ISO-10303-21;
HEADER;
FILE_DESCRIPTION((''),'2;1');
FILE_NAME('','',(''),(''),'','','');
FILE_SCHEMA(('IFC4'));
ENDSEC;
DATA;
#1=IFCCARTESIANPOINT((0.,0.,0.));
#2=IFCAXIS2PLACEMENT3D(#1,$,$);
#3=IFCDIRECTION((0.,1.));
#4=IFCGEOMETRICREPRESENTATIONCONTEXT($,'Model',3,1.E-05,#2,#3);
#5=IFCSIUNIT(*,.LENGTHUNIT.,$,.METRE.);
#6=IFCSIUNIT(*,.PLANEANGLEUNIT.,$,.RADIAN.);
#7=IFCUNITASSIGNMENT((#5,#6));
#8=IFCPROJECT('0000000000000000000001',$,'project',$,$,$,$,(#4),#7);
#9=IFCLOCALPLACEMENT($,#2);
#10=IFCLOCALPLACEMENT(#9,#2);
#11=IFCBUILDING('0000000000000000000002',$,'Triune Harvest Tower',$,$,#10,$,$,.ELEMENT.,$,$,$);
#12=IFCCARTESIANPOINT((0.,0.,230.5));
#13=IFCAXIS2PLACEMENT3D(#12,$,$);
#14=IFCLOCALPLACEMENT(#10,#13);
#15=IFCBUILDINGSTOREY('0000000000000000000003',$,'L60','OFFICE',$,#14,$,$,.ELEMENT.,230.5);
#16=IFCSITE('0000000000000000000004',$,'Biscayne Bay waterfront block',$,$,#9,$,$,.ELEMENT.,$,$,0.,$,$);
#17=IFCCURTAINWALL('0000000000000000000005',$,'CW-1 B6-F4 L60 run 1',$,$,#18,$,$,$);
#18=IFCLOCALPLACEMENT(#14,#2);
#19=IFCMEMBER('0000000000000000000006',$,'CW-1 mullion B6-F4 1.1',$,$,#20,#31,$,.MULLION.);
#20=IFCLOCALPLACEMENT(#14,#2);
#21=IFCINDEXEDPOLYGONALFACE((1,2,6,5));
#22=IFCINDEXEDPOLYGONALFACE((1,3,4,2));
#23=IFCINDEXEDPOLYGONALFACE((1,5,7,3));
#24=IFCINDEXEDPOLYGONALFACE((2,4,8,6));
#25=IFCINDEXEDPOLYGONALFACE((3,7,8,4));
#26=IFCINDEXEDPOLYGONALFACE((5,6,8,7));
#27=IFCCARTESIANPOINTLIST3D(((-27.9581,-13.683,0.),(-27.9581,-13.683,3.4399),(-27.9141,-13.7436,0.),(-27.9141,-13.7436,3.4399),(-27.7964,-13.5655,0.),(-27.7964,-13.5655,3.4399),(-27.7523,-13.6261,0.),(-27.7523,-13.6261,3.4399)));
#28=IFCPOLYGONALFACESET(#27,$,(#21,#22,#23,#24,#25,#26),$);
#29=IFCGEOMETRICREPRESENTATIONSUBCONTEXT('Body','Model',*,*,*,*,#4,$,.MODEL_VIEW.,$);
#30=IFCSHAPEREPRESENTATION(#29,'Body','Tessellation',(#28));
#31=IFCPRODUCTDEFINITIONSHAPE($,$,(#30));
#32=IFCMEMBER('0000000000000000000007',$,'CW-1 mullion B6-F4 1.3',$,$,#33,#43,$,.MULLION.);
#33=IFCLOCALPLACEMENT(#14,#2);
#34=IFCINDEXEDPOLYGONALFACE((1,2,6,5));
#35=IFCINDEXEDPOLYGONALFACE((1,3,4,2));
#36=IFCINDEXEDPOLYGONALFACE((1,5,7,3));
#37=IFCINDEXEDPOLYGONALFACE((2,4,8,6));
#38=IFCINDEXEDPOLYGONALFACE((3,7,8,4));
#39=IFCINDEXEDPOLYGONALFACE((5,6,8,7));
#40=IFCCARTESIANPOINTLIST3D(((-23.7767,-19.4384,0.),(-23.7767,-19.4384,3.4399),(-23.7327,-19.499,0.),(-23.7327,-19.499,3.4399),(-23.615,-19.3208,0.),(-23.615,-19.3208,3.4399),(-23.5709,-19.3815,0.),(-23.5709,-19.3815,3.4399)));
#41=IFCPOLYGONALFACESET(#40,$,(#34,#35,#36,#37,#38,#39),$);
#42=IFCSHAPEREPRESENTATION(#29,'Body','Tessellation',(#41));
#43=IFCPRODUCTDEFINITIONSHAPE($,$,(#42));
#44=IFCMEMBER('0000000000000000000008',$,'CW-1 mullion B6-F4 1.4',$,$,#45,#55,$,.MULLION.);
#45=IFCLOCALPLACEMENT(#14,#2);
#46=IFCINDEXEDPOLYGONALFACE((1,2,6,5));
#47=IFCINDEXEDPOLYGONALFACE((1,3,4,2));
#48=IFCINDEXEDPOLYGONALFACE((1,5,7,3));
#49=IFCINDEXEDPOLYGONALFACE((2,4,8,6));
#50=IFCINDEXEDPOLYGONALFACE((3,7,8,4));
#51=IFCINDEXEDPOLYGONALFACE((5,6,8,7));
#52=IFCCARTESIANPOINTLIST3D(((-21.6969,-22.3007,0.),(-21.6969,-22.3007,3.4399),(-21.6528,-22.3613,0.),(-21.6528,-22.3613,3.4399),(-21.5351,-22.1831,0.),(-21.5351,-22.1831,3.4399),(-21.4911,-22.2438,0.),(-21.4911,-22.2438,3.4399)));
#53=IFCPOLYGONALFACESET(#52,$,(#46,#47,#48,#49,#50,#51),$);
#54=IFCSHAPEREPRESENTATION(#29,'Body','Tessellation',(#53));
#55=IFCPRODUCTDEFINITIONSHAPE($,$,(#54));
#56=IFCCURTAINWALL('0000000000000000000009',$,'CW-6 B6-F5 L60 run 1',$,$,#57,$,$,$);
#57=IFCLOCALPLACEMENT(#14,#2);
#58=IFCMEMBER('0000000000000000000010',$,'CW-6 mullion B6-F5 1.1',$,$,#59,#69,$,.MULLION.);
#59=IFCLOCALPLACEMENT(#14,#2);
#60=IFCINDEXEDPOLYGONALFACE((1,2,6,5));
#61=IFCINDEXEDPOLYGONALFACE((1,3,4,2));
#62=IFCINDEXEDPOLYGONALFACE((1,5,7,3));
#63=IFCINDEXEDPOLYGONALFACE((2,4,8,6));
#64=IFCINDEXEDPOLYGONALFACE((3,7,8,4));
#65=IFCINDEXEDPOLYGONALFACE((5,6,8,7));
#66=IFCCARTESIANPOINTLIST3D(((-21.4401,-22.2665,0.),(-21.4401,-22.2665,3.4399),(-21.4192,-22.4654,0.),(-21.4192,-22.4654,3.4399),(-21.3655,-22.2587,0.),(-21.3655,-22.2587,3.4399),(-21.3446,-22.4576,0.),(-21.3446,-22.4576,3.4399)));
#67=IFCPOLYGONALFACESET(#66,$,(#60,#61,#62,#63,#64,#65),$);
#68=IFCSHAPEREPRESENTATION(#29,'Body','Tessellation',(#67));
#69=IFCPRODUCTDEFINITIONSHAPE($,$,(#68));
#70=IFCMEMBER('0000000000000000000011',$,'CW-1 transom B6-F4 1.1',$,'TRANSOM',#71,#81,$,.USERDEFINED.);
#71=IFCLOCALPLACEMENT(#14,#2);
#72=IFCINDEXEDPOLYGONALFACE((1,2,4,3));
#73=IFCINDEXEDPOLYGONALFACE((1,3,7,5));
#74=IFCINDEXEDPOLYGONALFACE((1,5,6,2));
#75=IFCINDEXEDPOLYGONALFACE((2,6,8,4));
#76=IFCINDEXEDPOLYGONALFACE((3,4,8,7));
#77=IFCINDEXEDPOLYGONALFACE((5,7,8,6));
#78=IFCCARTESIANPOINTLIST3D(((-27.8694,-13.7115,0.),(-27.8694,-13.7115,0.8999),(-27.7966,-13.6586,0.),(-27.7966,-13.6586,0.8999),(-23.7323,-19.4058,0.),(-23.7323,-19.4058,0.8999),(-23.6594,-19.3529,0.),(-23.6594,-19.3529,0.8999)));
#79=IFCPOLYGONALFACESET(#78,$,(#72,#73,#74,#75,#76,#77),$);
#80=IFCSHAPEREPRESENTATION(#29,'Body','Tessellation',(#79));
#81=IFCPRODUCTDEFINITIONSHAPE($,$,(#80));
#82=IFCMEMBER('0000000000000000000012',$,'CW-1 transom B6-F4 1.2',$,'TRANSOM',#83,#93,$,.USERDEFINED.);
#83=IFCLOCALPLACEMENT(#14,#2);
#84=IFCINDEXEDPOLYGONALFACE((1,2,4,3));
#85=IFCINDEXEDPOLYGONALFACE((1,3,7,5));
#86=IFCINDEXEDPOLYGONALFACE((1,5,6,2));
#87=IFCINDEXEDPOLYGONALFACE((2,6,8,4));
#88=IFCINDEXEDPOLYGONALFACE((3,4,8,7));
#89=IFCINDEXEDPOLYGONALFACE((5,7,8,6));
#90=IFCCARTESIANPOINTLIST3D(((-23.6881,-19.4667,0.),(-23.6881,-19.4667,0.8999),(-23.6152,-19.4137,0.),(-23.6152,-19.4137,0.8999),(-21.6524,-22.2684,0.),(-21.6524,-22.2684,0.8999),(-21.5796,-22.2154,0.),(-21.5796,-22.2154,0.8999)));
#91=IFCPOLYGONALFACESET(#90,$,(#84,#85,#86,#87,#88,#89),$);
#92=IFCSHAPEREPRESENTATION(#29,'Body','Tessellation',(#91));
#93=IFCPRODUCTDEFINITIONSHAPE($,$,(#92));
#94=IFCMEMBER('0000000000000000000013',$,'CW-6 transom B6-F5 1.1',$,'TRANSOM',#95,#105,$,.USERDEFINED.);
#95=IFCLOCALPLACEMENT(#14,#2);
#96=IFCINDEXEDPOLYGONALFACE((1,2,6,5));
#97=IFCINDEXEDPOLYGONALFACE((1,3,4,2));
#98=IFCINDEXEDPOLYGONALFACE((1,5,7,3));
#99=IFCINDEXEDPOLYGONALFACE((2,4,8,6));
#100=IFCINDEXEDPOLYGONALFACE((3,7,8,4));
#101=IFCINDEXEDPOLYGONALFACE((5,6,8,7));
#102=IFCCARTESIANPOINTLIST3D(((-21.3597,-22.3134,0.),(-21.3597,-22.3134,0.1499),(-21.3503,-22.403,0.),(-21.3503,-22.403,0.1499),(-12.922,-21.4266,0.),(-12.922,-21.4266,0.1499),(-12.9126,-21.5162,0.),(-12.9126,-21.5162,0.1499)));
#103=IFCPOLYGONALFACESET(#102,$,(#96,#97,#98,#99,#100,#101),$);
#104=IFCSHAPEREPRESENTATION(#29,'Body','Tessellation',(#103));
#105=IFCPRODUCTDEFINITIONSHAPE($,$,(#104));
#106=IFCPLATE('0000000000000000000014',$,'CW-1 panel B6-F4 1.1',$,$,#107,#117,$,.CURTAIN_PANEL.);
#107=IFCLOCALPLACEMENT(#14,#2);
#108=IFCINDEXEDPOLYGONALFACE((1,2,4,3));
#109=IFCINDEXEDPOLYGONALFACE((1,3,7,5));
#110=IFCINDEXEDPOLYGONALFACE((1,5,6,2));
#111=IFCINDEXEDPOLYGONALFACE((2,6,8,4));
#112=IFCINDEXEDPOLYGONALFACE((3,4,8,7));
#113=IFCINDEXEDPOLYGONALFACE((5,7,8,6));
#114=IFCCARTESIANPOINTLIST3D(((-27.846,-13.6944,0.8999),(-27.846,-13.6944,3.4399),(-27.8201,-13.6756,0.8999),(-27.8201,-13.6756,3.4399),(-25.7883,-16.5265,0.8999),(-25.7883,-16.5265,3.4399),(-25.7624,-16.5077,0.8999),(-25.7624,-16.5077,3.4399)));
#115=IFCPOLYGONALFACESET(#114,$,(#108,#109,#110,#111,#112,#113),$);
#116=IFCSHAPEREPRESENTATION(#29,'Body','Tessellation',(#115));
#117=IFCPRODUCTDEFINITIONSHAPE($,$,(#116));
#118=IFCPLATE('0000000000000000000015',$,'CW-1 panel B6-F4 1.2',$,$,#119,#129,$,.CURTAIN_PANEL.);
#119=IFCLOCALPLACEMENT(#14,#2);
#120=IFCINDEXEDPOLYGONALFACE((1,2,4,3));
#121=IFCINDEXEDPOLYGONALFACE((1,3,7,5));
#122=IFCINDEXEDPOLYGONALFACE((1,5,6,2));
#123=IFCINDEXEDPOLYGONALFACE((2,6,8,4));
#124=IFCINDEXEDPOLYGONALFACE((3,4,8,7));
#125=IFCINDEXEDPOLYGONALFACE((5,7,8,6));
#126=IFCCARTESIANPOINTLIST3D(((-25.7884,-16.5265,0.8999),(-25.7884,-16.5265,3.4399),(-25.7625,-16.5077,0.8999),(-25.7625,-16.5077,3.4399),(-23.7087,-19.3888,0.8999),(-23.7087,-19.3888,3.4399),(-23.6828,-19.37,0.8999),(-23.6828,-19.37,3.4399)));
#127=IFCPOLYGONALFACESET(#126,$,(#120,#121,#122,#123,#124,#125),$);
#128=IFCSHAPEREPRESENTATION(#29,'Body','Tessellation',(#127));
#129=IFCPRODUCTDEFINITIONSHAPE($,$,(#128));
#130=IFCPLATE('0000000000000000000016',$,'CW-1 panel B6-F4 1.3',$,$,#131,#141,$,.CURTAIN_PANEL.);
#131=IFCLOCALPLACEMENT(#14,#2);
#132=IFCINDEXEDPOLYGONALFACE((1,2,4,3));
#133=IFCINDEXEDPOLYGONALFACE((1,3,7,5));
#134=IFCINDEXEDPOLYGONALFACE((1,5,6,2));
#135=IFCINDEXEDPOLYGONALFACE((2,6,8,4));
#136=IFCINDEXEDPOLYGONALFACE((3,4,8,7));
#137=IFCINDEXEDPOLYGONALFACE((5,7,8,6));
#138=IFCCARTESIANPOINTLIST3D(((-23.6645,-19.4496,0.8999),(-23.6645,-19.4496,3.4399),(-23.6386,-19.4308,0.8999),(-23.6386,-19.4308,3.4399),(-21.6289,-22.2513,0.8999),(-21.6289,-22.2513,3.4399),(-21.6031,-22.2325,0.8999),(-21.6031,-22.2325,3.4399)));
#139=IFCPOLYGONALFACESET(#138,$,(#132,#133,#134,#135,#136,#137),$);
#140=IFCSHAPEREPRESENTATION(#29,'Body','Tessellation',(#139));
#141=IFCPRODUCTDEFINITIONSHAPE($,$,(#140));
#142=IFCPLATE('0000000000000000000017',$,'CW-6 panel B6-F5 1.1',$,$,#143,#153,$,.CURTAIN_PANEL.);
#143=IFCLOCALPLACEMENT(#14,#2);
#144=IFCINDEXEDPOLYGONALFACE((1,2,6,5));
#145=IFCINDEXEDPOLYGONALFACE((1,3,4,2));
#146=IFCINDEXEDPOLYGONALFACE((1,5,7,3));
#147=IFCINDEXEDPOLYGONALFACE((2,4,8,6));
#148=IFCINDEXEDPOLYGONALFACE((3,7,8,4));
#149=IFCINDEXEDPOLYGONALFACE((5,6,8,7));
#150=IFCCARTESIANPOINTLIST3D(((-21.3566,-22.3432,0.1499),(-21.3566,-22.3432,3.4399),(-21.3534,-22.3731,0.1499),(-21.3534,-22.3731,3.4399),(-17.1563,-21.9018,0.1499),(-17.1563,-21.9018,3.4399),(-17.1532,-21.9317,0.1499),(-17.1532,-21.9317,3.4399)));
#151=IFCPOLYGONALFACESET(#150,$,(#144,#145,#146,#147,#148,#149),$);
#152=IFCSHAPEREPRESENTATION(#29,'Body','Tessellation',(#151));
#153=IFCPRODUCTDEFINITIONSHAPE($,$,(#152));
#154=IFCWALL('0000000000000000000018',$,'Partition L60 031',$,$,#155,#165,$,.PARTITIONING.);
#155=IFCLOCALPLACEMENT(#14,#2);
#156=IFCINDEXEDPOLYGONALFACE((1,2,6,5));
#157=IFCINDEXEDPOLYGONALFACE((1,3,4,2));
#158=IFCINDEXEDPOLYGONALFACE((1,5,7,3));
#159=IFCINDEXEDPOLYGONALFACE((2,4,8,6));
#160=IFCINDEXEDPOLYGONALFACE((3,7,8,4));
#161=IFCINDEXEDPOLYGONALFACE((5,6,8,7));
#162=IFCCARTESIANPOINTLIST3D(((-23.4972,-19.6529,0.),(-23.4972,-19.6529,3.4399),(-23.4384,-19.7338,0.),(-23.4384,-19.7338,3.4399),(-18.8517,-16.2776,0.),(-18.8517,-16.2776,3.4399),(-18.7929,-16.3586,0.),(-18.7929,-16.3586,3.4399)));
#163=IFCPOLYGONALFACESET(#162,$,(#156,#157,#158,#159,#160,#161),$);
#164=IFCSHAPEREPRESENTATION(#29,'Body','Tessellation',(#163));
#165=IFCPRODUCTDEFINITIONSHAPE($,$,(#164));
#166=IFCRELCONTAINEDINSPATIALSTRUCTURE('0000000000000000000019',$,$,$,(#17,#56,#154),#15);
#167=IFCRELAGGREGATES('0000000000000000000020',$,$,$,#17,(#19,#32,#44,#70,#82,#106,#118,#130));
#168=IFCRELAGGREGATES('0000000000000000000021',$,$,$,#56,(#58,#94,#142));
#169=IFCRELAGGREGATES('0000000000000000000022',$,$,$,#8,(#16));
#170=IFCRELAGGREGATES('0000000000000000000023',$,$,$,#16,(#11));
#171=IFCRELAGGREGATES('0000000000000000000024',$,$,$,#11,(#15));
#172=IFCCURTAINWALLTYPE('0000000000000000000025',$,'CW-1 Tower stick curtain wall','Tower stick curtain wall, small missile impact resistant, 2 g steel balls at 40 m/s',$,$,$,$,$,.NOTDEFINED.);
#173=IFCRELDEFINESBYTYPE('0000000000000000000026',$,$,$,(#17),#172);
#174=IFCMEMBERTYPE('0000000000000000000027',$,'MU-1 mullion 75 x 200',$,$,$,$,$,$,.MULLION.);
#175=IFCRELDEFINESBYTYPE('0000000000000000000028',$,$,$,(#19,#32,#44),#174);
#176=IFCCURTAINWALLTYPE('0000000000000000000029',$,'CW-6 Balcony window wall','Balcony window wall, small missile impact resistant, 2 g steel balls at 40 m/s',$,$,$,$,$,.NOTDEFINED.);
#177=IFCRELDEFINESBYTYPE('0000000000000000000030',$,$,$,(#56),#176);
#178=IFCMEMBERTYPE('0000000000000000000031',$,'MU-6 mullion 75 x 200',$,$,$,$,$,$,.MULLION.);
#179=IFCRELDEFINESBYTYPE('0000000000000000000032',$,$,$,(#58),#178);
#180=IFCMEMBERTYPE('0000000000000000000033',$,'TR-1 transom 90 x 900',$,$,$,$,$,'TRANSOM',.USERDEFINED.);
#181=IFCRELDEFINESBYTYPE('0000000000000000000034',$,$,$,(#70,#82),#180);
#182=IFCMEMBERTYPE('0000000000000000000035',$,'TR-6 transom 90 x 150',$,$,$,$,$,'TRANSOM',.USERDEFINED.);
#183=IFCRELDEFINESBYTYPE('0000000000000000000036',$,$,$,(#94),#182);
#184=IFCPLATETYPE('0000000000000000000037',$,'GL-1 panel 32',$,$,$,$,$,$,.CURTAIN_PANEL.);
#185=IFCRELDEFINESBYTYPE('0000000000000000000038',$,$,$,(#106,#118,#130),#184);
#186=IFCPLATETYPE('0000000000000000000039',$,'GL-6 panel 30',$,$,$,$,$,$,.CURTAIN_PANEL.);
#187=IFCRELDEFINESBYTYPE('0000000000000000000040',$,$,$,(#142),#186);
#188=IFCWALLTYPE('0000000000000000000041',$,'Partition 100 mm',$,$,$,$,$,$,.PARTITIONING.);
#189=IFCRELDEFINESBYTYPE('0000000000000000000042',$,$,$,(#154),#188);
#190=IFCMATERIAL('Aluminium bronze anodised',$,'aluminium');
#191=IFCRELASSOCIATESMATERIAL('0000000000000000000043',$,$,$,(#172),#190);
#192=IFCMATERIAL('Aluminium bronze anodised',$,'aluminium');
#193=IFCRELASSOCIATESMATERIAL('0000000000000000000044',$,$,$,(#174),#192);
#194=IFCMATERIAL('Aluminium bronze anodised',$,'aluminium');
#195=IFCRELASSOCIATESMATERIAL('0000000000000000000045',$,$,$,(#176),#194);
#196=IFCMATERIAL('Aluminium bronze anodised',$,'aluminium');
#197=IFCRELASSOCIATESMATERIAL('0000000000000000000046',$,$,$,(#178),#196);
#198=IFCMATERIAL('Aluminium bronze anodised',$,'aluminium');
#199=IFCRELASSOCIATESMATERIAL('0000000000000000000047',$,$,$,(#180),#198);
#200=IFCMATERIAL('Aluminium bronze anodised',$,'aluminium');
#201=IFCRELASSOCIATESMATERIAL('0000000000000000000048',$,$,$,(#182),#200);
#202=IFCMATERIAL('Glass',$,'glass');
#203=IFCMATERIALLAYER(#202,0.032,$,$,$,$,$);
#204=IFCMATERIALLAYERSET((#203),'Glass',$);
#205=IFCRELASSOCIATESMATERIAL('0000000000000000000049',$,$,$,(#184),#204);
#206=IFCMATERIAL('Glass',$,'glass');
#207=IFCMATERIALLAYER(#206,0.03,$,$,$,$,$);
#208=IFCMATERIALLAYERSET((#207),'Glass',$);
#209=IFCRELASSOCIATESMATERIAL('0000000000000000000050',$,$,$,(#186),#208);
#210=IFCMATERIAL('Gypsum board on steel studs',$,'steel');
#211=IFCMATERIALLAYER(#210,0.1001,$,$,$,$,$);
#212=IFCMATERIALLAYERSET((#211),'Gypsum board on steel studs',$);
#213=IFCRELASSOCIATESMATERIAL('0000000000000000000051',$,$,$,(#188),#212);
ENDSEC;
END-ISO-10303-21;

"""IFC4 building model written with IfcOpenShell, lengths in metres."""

from ifc_helpers import new_model, si_unit, direction, frame, frame_2d, origin, origin_2d, place, context, subcontext, project, spatial, rectangle, extrude, source, transform, mapped, material, layer, layer_set, material_profile, profile_set, type_object, element, aggregate, save


model = new_model("IFC4")

# Units and contexts
model_context = context("Model", 3, precision=1e-05, world=origin(), true_north=direction((0.0, 1.0)))
body_context = subcontext(model_context, "Body", "Model", "MODEL_VIEW")
ifc_project = project(units=[si_unit("LENGTHUNIT", "METRE"), si_unit("PLANEANGLEUNIT", "RADIAN")], contexts=[model_context])

# Site, building, storey
site_placement = place(None, origin())
site = spatial("IfcSite", under=ifc_project, at=site_placement, Name="Biscayne Bay waterfront block", CompositionType="ELEMENT", RefElevation=0.0)
building_placement = place(site_placement, origin())
building = spatial("IfcBuilding", under=site, at=building_placement, Name="Triune Harvest Tower", CompositionType="ELEMENT")
storey_placement = place(building_placement, frame((0.0, 0.0, 230.5)))
storey = spatial("IfcBuildingStorey", under=building, at=storey_placement, Name="L60", Description="OFFICE", CompositionType="ELEMENT", Elevation=230.5)

# Curtain wall, members
ifc_material_1 = material(Name="Aluminium bronze anodised", Category="aluminium")
curtain_wall_type_1 = type_object("IfcCurtainWallType", Name="CW-1 Tower stick curtain wall", Description="Tower stick curtain wall, small missile impact resistant, 2 g steel balls at 40 m/s", PredefinedType="NOTDEFINED", material=ifc_material_1)
curtain_wall_1_placement = place(storey_placement, origin())
curtain_wall_1 = element("IfcCurtainWall", 1, at=curtain_wall_1_placement, inside=storey, type_object=curtain_wall_type_1, Name="CW-1 B6-F4 L60 run 1")
ifc_material_2 = material(Name="Aluminium bronze anodised", Category="aluminium")
ifc_material_profile_1 = material_profile(ifc_material_2, rectangle(XDim=0.2, YDim=0.075, at=origin_2d()), Name="MU-1 mullion 75 x 200")
ifc_profile_set_1 = profile_set([ifc_material_profile_1], Name="Aluminium bronze anodised")
member_type_1 = type_object("IfcMemberType", Name="MU-1 mullion 75 x 200", PredefinedType="MULLION", material=ifc_profile_set_1)
shared_shape_1 = source(origin(), body_context, "Body", "SweptSolid", [
    extrude(rectangle(XDim=0.2, YDim=0.075, at=origin_2d()), origin(), (0.0, 0.0, 1.0), 3.4399),
])
member_1_placement = place(storey_placement, frame((-27.8552, -13.6545, 0.0), z_axis=(0.0, 0.0, 1.0), x_axis=(0.809014, 0.587789, 0.0)))
member_1 = element("IfcMember", 2, at=member_1_placement, type_object=member_type_1, Name="CW-1 mullion B6-F4 1.1", PredefinedType="MULLION", context=body_context, shape_type="MappedRepresentation", body=[
    mapped(shared_shape_1, transform((0.0, 0.0, 0.0), scale=1.0)),
])
member_2_placement = place(storey_placement, frame((-23.6738, -19.4099, 0.0), z_axis=(0.0, 0.0, 1.0), x_axis=(0.809014, 0.587789, 0.0)))
member_2 = element("IfcMember", 3, at=member_2_placement, type_object=member_type_1, Name="CW-1 mullion B6-F4 1.3", PredefinedType="MULLION", context=body_context, shape_type="MappedRepresentation", body=[
    mapped(shared_shape_1, transform((0.0, 0.0, 0.0), scale=1.0)),
])
member_3_placement = place(storey_placement, frame((-21.594, -22.2722, 0.0), z_axis=(0.0, 0.0, 1.0), x_axis=(0.809014, 0.587789, 0.0)))
member_3 = element("IfcMember", 4, at=member_3_placement, type_object=member_type_1, Name="CW-1 mullion B6-F4 1.4", PredefinedType="MULLION", context=body_context, shape_type="MappedRepresentation", body=[
    mapped(shared_shape_1, transform((0.0, 0.0, 0.0), scale=1.0)),
])

# Curtain wall, member
ifc_material_3 = material(Name="Aluminium bronze anodised", Category="aluminium")
curtain_wall_type_2 = type_object("IfcCurtainWallType", Name="CW-6 Balcony window wall", Description="Balcony window wall, small missile impact resistant, 2 g steel balls at 40 m/s", PredefinedType="NOTDEFINED", material=ifc_material_3)
curtain_wall_2_placement = place(storey_placement, origin())
curtain_wall_2 = element("IfcCurtainWall", 5, at=curtain_wall_2_placement, inside=storey, type_object=curtain_wall_type_2, Name="CW-6 B6-F5 L60 run 1")
ifc_material_4 = material(Name="Aluminium bronze anodised", Category="aluminium")
ifc_material_profile_2 = material_profile(ifc_material_4, rectangle(XDim=0.2, YDim=0.075, at=origin_2d()), Name="MU-6 mullion 75 x 200")
ifc_profile_set_2 = profile_set([ifc_material_profile_2], Name="Aluminium bronze anodised")
member_type_2 = type_object("IfcMemberType", Name="MU-6 mullion 75 x 200", PredefinedType="MULLION", material=ifc_profile_set_2)
shared_shape_2 = source(origin(), body_context, "Body", "SweptSolid", [
    extrude(rectangle(XDim=0.2, YDim=0.075, at=origin_2d()), origin(), (0.0, 0.0, 1.0), 3.4399),
])
member_4_placement = place(storey_placement, frame((-21.3923, -22.3621, 0.0), z_axis=(0.0, 0.0, 1.0), x_axis=(-0.104527, 0.994522, 0.0)))
member_4 = element("IfcMember", 6, at=member_4_placement, type_object=member_type_2, Name="CW-6 mullion B6-F5 1.1", PredefinedType="MULLION", context=body_context, shape_type="MappedRepresentation", body=[
    mapped(shared_shape_2, transform((0.0, 0.0, 0.0), scale=1.0)),
])

# Members
ifc_material_5 = material(Name="Aluminium bronze anodised", Category="aluminium")
ifc_material_profile_3 = material_profile(ifc_material_5, rectangle(XDim=0.0901, YDim=0.8999, at=origin_2d()), Name="TR-1 transom 90 x 900")
ifc_profile_set_3 = profile_set([ifc_material_profile_3], Name="Aluminium bronze anodised")
member_type_3 = type_object("IfcMemberType", Name="TR-1 transom 90 x 900", ElementType="TRANSOM", PredefinedType="USERDEFINED", material=ifc_profile_set_3)
shared_shape_3 = source(origin(), body_context, "Body", "SweptSolid", [
    extrude(rectangle(XDim=0.0901, YDim=0.8999, at=origin_2d()), origin(), (0.0, 0.0, 1.0), 7.0386),
])
member_5_placement = place(storey_placement, frame((-27.833, -13.6851, 0.45), z_axis=(0.587788, -0.809015, 0.0), x_axis=(0.809015, 0.587788, 0.0)))
member_5 = element("IfcMember", 7, at=member_5_placement, type_object=member_type_3, Name="CW-1 transom B6-F4 1.1", ObjectType="TRANSOM", PredefinedType="USERDEFINED", context=body_context, shape_type="MappedRepresentation", body=[
    mapped(shared_shape_3, transform((0.0, 0.0, 0.0), scale=1.0)),
])
shared_shape_4 = source(origin(), body_context, "Body", "SweptSolid", [
    extrude(rectangle(XDim=0.0901, YDim=0.8999, at=origin_2d()), origin(), (0.0, 0.0, 1.0), 3.4631),
])
member_6_placement = place(storey_placement, frame((-23.6516, -19.4402, 0.45), z_axis=(0.587794, -0.80901, 0.0), x_axis=(0.80901, 0.587794, 0.0)))
member_6 = element("IfcMember", 8, at=member_6_placement, type_object=member_type_3, Name="CW-1 transom B6-F4 1.2", ObjectType="TRANSOM", PredefinedType="USERDEFINED", context=body_context, shape_type="MappedRepresentation", body=[
    mapped(shared_shape_4, transform((0.0, 0.0, 0.0), scale=1.0)),
])
ifc_material_6 = material(Name="Aluminium bronze anodised", Category="aluminium")
ifc_material_profile_4 = material_profile(ifc_material_6, rectangle(XDim=0.0901, YDim=0.1499, at=origin_2d()), Name="TR-6 transom 90 x 150")
ifc_profile_set_4 = profile_set([ifc_material_profile_4], Name="Aluminium bronze anodised")
member_type_4 = type_object("IfcMemberType", Name="TR-6 transom 90 x 150", ElementType="TRANSOM", PredefinedType="USERDEFINED", material=ifc_profile_set_4)
shared_shape_5 = source(origin(), body_context, "Body", "SweptSolid", [
    extrude(rectangle(XDim=0.0901, YDim=0.1499, at=origin_2d()), origin(), (0.0, 0.0, 1.0), 8.4841),
])
member_7_placement = place(storey_placement, frame((-21.355, -22.3582, 0.075), z_axis=(0.994523, 0.104514, 0.0), x_axis=(-0.104514, 0.994523, 0.0)))
member_7 = element("IfcMember", 9, at=member_7_placement, type_object=member_type_4, Name="CW-6 transom B6-F5 1.1", ObjectType="TRANSOM", PredefinedType="USERDEFINED", context=body_context, shape_type="MappedRepresentation", body=[
    mapped(shared_shape_5, transform((0.0, 0.0, 0.0), scale=1.0)),
])

# Plates
ifc_material_7 = material(Name="Glass", Category="glass")
ifc_layer_1 = layer(ifc_material_7, 0.032)
ifc_layer_set_1 = layer_set([ifc_layer_1], Name="Glass")
plate_type_1 = type_object("IfcPlateType", Name="GL-1 panel 32", PredefinedType="CURTAIN_PANEL", material=ifc_layer_set_1)
shared_shape_6 = source(origin(), body_context, "Body", "SweptSolid", [
    extrude(rectangle(XDim=3.5007, YDim=0.032, at=origin_2d()), origin(), (0.0, 0.0, 1.0), 2.54),
])
plate_1_placement = place(storey_placement, frame((-26.8042, -15.1011, 0.8999), z_axis=(0.0, 0.0, 1.0), x_axis=(0.587789, -0.809014, 0.0)))
plate_1 = element("IfcPlate", 10, at=plate_1_placement, type_object=plate_type_1, Name="CW-1 panel B6-F4 1.1", PredefinedType="CURTAIN_PANEL", context=body_context, shape_type="MappedRepresentation", body=[
    mapped(shared_shape_6, transform((0.0, 0.0, 0.0), scale=1.0)),
])
shared_shape_7 = source(origin(), body_context, "Body", "SweptSolid", [
    extrude(rectangle(XDim=3.5381, YDim=0.032, at=origin_2d()), origin(), (0.0, 0.0, 1.0), 2.54),
])
plate_2_placement = place(storey_placement, frame((-24.7356, -17.9482, 0.8999), z_axis=(0.0, 0.0, 1.0), x_axis=(0.587789, -0.809014, 0.0)))
plate_2 = element("IfcPlate", 11, at=plate_2_placement, type_object=plate_type_1, Name="CW-1 panel B6-F4 1.2", PredefinedType="CURTAIN_PANEL", context=body_context, shape_type="MappedRepresentation", body=[
    mapped(shared_shape_7, transform((0.0, 0.0, 0.0), scale=1.0)),
])
shared_shape_8 = source(origin(), body_context, "Body", "SweptSolid", [
    extrude(rectangle(XDim=3.4631, YDim=0.032, at=origin_2d()), origin(), (0.0, 0.0, 1.0), 2.54),
])
plate_3_placement = place(storey_placement, frame((-22.6338, -20.8411, 0.8999), z_axis=(0.0, 0.0, 1.0), x_axis=(0.587789, -0.809014, 0.0)))
plate_3 = element("IfcPlate", 12, at=plate_3_placement, type_object=plate_type_1, Name="CW-1 panel B6-F4 1.3", PredefinedType="CURTAIN_PANEL", context=body_context, shape_type="MappedRepresentation", body=[
    mapped(shared_shape_8, transform((0.0, 0.0, 0.0), scale=1.0)),
])
aggregate(curtain_wall_1, [member_1, member_2, member_3, member_5, member_6, plate_1, plate_2, plate_3])
ifc_material_8 = material(Name="Glass", Category="glass")
ifc_layer_2 = layer(ifc_material_8, 0.03)
ifc_layer_set_2 = layer_set([ifc_layer_2], Name="Glass")
plate_type_2 = type_object("IfcPlateType", Name="GL-6 panel 30", PredefinedType="CURTAIN_PANEL", material=ifc_layer_set_2)
shared_shape_9 = source(origin(), body_context, "Body", "SweptSolid", [
    extrude(rectangle(XDim=4.2234, YDim=0.03, at=origin_2d()), origin(), (0.0, 0.0, 1.0), 3.29),
])
plate_4_placement = place(storey_placement, frame((-19.2549, -22.1375, 0.1499), z_axis=(0.0, 0.0, 1.0), x_axis=(0.994522, 0.104527, 0.0)))
plate_4 = element("IfcPlate", 13, at=plate_4_placement, type_object=plate_type_2, Name="CW-6 panel B6-F5 1.1", PredefinedType="CURTAIN_PANEL", context=body_context, shape_type="MappedRepresentation", body=[
    mapped(shared_shape_9, transform((0.0, 0.0, 0.0), scale=1.0)),
])
aggregate(curtain_wall_2, [member_4, member_7, plate_4])

# Wall
ifc_material_9 = material(Name="Gypsum board on steel studs", Category="steel")
ifc_layer_3 = layer(ifc_material_9, 0.1001)
ifc_layer_set_3 = layer_set([ifc_layer_3], Name="Gypsum board on steel studs")
wall_type = type_object("IfcWallType", Name="Partition 100 mm", PredefinedType="PARTITIONING", material=ifc_layer_set_3)
wall_1_placement = place(storey_placement, frame((-23.4678, -19.6934, 0.0), z_axis=(0.0, 0.0, 1.0), x_axis=(0.80901, 0.587795, 0.0)))
element("IfcWall", 14, at=wall_1_placement, inside=storey, type_object=wall_type, Name="Partition L60 031", PredefinedType="PARTITIONING", context=body_context, shape_type="SweptSolid", body=[
    extrude(rectangle(XDim=5.7422, YDim=0.1001, at=frame_2d((2.8711, 0.0))), origin(), (0.0, 0.0, 1.0), 3.4399),
])

save(model, "model.ifc")
